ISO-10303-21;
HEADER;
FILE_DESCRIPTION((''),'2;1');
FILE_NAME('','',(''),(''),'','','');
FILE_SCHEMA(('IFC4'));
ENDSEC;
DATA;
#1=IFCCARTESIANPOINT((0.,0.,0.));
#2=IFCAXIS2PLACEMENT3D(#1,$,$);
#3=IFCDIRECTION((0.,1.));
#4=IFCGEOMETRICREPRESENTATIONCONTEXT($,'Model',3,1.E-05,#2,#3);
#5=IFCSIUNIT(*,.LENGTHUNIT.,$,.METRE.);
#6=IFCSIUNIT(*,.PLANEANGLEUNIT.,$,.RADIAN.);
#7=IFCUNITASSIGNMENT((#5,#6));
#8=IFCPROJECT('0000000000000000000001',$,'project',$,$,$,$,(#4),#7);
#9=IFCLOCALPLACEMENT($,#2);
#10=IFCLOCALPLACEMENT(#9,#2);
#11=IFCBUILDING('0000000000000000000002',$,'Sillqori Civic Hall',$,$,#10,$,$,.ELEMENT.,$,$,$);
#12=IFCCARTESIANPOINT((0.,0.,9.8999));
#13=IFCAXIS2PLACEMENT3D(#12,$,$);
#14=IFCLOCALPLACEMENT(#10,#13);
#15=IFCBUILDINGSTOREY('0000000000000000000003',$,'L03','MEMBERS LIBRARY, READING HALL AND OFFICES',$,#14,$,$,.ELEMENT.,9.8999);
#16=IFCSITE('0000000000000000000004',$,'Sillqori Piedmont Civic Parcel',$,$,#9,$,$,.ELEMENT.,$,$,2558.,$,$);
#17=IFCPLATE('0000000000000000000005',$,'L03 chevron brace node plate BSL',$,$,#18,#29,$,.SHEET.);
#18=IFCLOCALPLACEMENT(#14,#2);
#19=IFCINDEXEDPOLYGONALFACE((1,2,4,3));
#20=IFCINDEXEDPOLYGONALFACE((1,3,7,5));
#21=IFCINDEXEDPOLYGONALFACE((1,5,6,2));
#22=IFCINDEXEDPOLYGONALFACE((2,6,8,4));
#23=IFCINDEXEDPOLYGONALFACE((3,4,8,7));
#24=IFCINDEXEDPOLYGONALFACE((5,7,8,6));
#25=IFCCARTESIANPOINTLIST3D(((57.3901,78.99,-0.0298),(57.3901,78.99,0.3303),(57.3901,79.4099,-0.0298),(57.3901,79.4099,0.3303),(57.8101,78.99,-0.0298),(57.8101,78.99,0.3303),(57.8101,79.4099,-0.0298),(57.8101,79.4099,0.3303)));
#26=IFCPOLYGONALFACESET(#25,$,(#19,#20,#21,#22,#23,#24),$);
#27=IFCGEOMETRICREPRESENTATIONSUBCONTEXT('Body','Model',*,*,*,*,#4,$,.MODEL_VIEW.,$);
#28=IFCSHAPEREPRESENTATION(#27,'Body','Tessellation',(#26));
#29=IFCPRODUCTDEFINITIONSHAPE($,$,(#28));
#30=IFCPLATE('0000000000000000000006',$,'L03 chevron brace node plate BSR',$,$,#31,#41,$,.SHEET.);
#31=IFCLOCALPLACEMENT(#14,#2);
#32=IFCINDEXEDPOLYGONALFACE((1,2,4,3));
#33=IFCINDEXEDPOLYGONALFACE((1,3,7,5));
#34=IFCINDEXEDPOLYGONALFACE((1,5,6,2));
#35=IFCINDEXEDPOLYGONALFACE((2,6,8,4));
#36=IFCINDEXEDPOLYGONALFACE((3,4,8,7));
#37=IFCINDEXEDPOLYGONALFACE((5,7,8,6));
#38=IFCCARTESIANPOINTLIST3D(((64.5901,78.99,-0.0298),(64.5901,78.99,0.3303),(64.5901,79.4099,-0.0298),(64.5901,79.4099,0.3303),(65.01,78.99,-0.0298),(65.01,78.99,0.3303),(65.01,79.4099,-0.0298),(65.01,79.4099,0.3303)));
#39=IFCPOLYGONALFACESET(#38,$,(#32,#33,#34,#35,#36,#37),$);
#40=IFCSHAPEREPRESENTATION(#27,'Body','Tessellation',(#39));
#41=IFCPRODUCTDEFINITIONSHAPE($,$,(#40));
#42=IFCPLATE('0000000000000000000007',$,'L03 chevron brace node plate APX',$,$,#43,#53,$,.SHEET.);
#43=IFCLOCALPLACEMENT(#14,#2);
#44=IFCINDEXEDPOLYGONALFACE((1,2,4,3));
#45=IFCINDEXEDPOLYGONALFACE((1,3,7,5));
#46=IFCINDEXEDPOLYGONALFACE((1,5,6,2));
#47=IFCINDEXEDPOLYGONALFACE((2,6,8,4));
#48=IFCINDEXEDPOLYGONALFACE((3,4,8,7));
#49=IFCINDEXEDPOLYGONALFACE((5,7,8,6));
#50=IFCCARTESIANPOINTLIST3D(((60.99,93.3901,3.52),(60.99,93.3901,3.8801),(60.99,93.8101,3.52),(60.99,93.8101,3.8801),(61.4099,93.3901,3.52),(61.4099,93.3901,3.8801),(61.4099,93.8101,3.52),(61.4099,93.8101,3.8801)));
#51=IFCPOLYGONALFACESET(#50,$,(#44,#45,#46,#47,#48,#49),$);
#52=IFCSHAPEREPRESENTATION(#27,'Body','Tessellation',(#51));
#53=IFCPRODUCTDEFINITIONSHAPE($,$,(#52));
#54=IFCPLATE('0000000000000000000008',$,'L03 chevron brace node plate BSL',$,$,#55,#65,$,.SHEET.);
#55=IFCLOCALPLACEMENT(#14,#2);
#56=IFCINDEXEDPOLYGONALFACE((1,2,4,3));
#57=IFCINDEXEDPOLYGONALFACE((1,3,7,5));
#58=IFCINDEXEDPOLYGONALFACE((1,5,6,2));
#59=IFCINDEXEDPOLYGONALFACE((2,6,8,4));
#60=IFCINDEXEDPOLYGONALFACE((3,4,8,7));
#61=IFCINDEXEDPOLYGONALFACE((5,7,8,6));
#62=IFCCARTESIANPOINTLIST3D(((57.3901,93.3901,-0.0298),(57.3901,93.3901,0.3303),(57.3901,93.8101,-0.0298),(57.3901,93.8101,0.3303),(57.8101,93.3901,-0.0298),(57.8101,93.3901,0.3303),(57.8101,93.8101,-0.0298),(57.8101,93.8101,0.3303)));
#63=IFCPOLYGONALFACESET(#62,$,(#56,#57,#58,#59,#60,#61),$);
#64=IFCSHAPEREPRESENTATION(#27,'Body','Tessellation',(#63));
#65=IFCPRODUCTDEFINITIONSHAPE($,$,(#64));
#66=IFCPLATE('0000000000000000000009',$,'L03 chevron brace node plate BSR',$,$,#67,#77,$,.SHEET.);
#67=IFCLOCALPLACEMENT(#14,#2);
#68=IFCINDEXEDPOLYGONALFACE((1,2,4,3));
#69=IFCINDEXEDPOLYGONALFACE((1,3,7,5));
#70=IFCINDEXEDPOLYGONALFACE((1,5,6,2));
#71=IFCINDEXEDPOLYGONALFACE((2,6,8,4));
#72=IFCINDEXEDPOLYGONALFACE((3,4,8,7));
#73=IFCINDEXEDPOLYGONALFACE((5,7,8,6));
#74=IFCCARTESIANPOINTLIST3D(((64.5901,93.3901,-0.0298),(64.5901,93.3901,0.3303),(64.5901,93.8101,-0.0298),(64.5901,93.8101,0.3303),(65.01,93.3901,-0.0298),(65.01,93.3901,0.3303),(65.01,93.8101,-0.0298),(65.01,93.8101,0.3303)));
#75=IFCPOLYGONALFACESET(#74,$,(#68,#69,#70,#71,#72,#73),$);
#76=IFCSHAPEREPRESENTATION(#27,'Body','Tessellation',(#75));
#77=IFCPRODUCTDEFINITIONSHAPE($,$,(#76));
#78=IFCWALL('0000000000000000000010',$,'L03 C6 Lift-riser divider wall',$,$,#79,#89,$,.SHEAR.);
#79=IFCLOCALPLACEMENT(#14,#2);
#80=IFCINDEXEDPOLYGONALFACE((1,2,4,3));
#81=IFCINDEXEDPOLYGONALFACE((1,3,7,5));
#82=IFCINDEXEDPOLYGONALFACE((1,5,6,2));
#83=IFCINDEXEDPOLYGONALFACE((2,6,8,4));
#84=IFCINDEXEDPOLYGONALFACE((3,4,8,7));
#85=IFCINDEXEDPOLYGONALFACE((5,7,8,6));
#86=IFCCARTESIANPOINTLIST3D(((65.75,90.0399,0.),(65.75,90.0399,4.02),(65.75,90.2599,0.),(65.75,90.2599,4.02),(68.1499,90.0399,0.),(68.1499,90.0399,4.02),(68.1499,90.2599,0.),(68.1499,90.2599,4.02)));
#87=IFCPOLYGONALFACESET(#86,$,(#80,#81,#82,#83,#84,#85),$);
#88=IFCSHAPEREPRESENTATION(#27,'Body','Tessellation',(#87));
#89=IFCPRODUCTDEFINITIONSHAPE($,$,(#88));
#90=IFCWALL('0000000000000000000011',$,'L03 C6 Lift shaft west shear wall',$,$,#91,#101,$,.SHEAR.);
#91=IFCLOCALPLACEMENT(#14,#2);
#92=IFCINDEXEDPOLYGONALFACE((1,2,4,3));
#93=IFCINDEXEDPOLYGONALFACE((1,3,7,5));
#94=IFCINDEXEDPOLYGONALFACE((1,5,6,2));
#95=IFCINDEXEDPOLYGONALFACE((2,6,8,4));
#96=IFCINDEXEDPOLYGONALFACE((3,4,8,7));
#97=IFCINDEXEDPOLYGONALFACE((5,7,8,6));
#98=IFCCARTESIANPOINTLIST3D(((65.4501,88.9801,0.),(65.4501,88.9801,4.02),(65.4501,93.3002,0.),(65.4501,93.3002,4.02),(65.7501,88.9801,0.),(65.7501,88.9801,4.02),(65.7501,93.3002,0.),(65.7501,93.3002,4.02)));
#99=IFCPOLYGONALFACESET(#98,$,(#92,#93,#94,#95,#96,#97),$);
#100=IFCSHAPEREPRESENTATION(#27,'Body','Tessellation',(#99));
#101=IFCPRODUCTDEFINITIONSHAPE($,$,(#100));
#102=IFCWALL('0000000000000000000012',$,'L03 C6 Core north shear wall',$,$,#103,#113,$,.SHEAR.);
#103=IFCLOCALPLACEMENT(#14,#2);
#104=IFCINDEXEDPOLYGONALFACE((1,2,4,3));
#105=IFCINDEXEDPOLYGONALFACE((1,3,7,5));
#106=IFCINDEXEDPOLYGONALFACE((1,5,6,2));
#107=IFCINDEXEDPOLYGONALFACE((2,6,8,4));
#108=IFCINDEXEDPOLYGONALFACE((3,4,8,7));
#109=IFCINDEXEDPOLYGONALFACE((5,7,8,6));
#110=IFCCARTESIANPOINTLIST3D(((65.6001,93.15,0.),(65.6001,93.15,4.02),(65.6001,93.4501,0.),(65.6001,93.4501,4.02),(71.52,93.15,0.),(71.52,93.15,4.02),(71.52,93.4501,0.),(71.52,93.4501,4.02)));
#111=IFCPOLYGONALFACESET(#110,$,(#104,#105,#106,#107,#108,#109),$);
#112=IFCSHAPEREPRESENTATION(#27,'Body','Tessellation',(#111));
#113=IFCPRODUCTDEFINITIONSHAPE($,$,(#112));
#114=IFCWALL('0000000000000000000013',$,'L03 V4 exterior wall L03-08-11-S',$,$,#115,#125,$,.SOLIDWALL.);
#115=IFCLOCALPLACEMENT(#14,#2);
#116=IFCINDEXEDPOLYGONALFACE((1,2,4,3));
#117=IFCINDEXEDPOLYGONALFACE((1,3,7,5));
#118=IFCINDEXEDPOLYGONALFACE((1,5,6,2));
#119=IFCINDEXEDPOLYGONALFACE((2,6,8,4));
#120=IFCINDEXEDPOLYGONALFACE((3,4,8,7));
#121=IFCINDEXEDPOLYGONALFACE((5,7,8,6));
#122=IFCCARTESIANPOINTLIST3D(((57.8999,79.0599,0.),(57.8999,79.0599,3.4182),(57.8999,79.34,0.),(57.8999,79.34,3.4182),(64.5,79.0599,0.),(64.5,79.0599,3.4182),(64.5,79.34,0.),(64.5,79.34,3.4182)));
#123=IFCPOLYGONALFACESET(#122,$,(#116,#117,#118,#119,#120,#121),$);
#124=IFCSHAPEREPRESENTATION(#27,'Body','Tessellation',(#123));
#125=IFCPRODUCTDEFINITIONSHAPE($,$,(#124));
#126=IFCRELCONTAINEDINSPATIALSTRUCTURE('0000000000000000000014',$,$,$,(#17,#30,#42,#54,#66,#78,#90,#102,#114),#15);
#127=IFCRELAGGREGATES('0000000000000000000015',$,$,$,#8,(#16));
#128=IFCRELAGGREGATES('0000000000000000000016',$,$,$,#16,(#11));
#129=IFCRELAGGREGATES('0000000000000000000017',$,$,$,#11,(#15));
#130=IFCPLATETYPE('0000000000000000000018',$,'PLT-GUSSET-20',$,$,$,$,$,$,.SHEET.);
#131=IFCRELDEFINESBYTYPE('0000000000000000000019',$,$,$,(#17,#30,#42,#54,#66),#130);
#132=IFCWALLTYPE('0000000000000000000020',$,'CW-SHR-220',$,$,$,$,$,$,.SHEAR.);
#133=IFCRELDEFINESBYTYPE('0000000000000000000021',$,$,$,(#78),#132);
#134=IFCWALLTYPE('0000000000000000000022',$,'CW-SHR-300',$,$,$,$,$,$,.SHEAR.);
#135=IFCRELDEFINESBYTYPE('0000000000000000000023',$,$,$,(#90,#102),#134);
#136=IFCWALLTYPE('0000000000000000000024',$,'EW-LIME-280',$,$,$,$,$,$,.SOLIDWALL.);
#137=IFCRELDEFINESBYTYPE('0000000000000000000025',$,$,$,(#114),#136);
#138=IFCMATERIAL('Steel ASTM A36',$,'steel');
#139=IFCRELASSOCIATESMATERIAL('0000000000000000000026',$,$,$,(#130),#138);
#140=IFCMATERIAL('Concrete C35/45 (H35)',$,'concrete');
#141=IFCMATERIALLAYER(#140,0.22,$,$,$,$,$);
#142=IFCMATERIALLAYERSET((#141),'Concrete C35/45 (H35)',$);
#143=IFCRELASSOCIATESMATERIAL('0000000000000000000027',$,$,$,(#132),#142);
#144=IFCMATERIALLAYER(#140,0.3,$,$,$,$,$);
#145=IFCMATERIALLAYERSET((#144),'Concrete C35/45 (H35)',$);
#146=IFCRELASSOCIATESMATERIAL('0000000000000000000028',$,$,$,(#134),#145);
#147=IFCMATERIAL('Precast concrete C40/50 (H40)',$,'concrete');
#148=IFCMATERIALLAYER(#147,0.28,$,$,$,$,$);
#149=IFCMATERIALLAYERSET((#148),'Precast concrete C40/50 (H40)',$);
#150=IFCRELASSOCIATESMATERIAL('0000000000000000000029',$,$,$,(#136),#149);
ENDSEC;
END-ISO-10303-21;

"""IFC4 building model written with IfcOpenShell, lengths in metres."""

from ifc_helpers import new_model, si_unit, direction, frame, frame_2d, origin, origin_2d, place, context, subcontext, project, spatial, rectangle, extrude, material, layer, layer_set, type_object, element, save


model = new_model("IFC4")

# Units and contexts
model_context = context("Model", 3, precision=1e-05, world=origin(), true_north=direction((0.0, 1.0)))
body_context = subcontext(model_context, "Body", "Model", "MODEL_VIEW")
ifc_project = project(units=[si_unit("LENGTHUNIT", "METRE"), si_unit("PLANEANGLEUNIT", "RADIAN")], contexts=[model_context])

# Site, building, storey
site_placement = place(None, origin())
site = spatial("IfcSite", under=ifc_project, at=site_placement, Name="Sillqori Piedmont Civic Parcel", CompositionType="ELEMENT", RefElevation=2558.0)
building_placement = place(site_placement, origin())
building = spatial("IfcBuilding", under=site, at=building_placement, Name="Sillqori Civic Hall", CompositionType="ELEMENT")
storey_placement = place(building_placement, frame((0.0, 0.0, 9.8999)))
storey = spatial("IfcBuildingStorey", under=building, at=storey_placement, Name="L03", Description="MEMBERS LIBRARY, READING HALL AND OFFICES", CompositionType="ELEMENT", Elevation=9.8999)

# Shared definitions
ifc_material_1 = material(Name="Concrete C35/45 (H35)", Category="concrete")

# Plates
ifc_material_2 = material(Name="Steel ASTM A36", Category="steel")
plate_type = type_object("IfcPlateType", Name="PLT-GUSSET-20", PredefinedType="SHEET", material=ifc_material_2)
for number, where, z_axis, x_axis, name in (
    (1, (57.6001, 79.2, -0.0298), (0.0, 0.0, 1.0), (1.0, 0.0, 0.0), "L03 chevron brace node plate BSL"),
    (2, (64.8, 79.2, -0.0298), (0.0, 0.0, 1.0), (1.0, 0.0, 0.0), "L03 chevron brace node plate BSR"),
    (3, (61.2, 93.6001, 3.52), (0.0, 0.0, 1.0), (1.0, 0.0, 0.0), "L03 chevron brace node plate APX"),
    (4, (57.6001, 93.6001, -0.0298), (0.0, 0.0, 1.0), (1.0, 0.0, 0.0), "L03 chevron brace node plate BSL"),
    (5, (64.8, 93.6001, -0.0298), (0.0, 0.0, 1.0), (1.0, 0.0, 0.0), "L03 chevron brace node plate BSR"),
):
    element("IfcPlate", number, at=place(storey_placement, frame(where, z_axis=z_axis, x_axis=x_axis)), inside=storey, type_object=plate_type, Name=name, PredefinedType="SHEET", context=body_context, shape_type="SweptSolid", body=[
        extrude(rectangle(XDim=0.4199, YDim=0.4199, at=origin_2d()), origin(), (0.0, 0.0, 1.0), 0.3601),
    ])

# Walls
ifc_layer_1 = layer(ifc_material_1, 0.22)
ifc_layer_set_1 = layer_set([ifc_layer_1], Name="Concrete C35/45 (H35)")
wall_type_1 = type_object("IfcWallType", Name="CW-SHR-220", PredefinedType="SHEAR", material=ifc_layer_set_1)
wall_1_placement = place(storey_placement, frame((65.75, 90.1499, 0.0), z_axis=(0.0, 0.0, 1.0), x_axis=(1.0, 0.0, 0.0)))
element("IfcWall", 6, at=wall_1_placement, inside=storey, type_object=wall_type_1, Name="L03 C6 Lift-riser divider wall", PredefinedType="SHEAR", context=body_context, shape_type="SweptSolid", body=[
    extrude(rectangle(XDim=2.3999, YDim=0.22, at=frame_2d((1.2, 0.0))), origin(), (0.0, 0.0, 1.0), 4.02),
])
ifc_layer_2 = layer(ifc_material_1, 0.3)
ifc_layer_set_2 = layer_set([ifc_layer_2], Name="Concrete C35/45 (H35)")
wall_type_2 = type_object("IfcWallType", Name="CW-SHR-300", PredefinedType="SHEAR", material=ifc_layer_set_2)
wall_2_placement = place(storey_placement, frame((65.6001, 88.98, 0.0), z_axis=(0.0, 0.0, 1.0), x_axis=(0.0, 1.0, 0.0)))
element("IfcWall", 7, at=wall_2_placement, inside=storey, type_object=wall_type_2, Name="L03 C6 Lift shaft west shear wall", PredefinedType="SHEAR", context=body_context, shape_type="SweptSolid", body=[
    extrude(rectangle(XDim=4.3201, YDim=0.3, at=frame_2d((2.1602, 0.0))), origin(), (0.0, 0.0, 1.0), 4.02),
])
wall_3_placement = place(storey_placement, frame((65.6001, 93.3, 0.0), z_axis=(0.0, 0.0, 1.0), x_axis=(1.0, 0.0, 0.0)))
element("IfcWall", 8, at=wall_3_placement, inside=storey, type_object=wall_type_2, Name="L03 C6 Core north shear wall", PredefinedType="SHEAR", context=body_context, shape_type="SweptSolid", body=[
    extrude(rectangle(XDim=5.9199, YDim=0.3, at=frame_2d((2.96, 0.0))), origin(), (0.0, 0.0, 1.0), 4.02),
])
ifc_material_3 = material(Name="Precast concrete C40/50 (H40)", Category="concrete")
ifc_layer_3 = layer(ifc_material_3, 0.28)
ifc_layer_set_3 = layer_set([ifc_layer_3], Name="Precast concrete C40/50 (H40)")
wall_type_3 = type_object("IfcWallType", Name="EW-LIME-280", PredefinedType="SOLIDWALL", material=ifc_layer_set_3)
wall_4_placement = place(storey_placement, frame((64.5, 79.2, 0.0), z_axis=(0.0, 0.0, 1.0), x_axis=(-1.0, 0.0, 0.0)))
element("IfcWall", 9, at=wall_4_placement, inside=storey, type_object=wall_type_3, Name="L03 V4 exterior wall L03-08-11-S", PredefinedType="SOLIDWALL", context=body_context, shape_type="SweptSolid", body=[
    extrude(rectangle(XDim=6.6001, YDim=0.28, at=frame_2d((3.3, 0.0))), origin(), (0.0, 0.0, 1.0), 3.4182),
])

save(model, "model.ifc")
